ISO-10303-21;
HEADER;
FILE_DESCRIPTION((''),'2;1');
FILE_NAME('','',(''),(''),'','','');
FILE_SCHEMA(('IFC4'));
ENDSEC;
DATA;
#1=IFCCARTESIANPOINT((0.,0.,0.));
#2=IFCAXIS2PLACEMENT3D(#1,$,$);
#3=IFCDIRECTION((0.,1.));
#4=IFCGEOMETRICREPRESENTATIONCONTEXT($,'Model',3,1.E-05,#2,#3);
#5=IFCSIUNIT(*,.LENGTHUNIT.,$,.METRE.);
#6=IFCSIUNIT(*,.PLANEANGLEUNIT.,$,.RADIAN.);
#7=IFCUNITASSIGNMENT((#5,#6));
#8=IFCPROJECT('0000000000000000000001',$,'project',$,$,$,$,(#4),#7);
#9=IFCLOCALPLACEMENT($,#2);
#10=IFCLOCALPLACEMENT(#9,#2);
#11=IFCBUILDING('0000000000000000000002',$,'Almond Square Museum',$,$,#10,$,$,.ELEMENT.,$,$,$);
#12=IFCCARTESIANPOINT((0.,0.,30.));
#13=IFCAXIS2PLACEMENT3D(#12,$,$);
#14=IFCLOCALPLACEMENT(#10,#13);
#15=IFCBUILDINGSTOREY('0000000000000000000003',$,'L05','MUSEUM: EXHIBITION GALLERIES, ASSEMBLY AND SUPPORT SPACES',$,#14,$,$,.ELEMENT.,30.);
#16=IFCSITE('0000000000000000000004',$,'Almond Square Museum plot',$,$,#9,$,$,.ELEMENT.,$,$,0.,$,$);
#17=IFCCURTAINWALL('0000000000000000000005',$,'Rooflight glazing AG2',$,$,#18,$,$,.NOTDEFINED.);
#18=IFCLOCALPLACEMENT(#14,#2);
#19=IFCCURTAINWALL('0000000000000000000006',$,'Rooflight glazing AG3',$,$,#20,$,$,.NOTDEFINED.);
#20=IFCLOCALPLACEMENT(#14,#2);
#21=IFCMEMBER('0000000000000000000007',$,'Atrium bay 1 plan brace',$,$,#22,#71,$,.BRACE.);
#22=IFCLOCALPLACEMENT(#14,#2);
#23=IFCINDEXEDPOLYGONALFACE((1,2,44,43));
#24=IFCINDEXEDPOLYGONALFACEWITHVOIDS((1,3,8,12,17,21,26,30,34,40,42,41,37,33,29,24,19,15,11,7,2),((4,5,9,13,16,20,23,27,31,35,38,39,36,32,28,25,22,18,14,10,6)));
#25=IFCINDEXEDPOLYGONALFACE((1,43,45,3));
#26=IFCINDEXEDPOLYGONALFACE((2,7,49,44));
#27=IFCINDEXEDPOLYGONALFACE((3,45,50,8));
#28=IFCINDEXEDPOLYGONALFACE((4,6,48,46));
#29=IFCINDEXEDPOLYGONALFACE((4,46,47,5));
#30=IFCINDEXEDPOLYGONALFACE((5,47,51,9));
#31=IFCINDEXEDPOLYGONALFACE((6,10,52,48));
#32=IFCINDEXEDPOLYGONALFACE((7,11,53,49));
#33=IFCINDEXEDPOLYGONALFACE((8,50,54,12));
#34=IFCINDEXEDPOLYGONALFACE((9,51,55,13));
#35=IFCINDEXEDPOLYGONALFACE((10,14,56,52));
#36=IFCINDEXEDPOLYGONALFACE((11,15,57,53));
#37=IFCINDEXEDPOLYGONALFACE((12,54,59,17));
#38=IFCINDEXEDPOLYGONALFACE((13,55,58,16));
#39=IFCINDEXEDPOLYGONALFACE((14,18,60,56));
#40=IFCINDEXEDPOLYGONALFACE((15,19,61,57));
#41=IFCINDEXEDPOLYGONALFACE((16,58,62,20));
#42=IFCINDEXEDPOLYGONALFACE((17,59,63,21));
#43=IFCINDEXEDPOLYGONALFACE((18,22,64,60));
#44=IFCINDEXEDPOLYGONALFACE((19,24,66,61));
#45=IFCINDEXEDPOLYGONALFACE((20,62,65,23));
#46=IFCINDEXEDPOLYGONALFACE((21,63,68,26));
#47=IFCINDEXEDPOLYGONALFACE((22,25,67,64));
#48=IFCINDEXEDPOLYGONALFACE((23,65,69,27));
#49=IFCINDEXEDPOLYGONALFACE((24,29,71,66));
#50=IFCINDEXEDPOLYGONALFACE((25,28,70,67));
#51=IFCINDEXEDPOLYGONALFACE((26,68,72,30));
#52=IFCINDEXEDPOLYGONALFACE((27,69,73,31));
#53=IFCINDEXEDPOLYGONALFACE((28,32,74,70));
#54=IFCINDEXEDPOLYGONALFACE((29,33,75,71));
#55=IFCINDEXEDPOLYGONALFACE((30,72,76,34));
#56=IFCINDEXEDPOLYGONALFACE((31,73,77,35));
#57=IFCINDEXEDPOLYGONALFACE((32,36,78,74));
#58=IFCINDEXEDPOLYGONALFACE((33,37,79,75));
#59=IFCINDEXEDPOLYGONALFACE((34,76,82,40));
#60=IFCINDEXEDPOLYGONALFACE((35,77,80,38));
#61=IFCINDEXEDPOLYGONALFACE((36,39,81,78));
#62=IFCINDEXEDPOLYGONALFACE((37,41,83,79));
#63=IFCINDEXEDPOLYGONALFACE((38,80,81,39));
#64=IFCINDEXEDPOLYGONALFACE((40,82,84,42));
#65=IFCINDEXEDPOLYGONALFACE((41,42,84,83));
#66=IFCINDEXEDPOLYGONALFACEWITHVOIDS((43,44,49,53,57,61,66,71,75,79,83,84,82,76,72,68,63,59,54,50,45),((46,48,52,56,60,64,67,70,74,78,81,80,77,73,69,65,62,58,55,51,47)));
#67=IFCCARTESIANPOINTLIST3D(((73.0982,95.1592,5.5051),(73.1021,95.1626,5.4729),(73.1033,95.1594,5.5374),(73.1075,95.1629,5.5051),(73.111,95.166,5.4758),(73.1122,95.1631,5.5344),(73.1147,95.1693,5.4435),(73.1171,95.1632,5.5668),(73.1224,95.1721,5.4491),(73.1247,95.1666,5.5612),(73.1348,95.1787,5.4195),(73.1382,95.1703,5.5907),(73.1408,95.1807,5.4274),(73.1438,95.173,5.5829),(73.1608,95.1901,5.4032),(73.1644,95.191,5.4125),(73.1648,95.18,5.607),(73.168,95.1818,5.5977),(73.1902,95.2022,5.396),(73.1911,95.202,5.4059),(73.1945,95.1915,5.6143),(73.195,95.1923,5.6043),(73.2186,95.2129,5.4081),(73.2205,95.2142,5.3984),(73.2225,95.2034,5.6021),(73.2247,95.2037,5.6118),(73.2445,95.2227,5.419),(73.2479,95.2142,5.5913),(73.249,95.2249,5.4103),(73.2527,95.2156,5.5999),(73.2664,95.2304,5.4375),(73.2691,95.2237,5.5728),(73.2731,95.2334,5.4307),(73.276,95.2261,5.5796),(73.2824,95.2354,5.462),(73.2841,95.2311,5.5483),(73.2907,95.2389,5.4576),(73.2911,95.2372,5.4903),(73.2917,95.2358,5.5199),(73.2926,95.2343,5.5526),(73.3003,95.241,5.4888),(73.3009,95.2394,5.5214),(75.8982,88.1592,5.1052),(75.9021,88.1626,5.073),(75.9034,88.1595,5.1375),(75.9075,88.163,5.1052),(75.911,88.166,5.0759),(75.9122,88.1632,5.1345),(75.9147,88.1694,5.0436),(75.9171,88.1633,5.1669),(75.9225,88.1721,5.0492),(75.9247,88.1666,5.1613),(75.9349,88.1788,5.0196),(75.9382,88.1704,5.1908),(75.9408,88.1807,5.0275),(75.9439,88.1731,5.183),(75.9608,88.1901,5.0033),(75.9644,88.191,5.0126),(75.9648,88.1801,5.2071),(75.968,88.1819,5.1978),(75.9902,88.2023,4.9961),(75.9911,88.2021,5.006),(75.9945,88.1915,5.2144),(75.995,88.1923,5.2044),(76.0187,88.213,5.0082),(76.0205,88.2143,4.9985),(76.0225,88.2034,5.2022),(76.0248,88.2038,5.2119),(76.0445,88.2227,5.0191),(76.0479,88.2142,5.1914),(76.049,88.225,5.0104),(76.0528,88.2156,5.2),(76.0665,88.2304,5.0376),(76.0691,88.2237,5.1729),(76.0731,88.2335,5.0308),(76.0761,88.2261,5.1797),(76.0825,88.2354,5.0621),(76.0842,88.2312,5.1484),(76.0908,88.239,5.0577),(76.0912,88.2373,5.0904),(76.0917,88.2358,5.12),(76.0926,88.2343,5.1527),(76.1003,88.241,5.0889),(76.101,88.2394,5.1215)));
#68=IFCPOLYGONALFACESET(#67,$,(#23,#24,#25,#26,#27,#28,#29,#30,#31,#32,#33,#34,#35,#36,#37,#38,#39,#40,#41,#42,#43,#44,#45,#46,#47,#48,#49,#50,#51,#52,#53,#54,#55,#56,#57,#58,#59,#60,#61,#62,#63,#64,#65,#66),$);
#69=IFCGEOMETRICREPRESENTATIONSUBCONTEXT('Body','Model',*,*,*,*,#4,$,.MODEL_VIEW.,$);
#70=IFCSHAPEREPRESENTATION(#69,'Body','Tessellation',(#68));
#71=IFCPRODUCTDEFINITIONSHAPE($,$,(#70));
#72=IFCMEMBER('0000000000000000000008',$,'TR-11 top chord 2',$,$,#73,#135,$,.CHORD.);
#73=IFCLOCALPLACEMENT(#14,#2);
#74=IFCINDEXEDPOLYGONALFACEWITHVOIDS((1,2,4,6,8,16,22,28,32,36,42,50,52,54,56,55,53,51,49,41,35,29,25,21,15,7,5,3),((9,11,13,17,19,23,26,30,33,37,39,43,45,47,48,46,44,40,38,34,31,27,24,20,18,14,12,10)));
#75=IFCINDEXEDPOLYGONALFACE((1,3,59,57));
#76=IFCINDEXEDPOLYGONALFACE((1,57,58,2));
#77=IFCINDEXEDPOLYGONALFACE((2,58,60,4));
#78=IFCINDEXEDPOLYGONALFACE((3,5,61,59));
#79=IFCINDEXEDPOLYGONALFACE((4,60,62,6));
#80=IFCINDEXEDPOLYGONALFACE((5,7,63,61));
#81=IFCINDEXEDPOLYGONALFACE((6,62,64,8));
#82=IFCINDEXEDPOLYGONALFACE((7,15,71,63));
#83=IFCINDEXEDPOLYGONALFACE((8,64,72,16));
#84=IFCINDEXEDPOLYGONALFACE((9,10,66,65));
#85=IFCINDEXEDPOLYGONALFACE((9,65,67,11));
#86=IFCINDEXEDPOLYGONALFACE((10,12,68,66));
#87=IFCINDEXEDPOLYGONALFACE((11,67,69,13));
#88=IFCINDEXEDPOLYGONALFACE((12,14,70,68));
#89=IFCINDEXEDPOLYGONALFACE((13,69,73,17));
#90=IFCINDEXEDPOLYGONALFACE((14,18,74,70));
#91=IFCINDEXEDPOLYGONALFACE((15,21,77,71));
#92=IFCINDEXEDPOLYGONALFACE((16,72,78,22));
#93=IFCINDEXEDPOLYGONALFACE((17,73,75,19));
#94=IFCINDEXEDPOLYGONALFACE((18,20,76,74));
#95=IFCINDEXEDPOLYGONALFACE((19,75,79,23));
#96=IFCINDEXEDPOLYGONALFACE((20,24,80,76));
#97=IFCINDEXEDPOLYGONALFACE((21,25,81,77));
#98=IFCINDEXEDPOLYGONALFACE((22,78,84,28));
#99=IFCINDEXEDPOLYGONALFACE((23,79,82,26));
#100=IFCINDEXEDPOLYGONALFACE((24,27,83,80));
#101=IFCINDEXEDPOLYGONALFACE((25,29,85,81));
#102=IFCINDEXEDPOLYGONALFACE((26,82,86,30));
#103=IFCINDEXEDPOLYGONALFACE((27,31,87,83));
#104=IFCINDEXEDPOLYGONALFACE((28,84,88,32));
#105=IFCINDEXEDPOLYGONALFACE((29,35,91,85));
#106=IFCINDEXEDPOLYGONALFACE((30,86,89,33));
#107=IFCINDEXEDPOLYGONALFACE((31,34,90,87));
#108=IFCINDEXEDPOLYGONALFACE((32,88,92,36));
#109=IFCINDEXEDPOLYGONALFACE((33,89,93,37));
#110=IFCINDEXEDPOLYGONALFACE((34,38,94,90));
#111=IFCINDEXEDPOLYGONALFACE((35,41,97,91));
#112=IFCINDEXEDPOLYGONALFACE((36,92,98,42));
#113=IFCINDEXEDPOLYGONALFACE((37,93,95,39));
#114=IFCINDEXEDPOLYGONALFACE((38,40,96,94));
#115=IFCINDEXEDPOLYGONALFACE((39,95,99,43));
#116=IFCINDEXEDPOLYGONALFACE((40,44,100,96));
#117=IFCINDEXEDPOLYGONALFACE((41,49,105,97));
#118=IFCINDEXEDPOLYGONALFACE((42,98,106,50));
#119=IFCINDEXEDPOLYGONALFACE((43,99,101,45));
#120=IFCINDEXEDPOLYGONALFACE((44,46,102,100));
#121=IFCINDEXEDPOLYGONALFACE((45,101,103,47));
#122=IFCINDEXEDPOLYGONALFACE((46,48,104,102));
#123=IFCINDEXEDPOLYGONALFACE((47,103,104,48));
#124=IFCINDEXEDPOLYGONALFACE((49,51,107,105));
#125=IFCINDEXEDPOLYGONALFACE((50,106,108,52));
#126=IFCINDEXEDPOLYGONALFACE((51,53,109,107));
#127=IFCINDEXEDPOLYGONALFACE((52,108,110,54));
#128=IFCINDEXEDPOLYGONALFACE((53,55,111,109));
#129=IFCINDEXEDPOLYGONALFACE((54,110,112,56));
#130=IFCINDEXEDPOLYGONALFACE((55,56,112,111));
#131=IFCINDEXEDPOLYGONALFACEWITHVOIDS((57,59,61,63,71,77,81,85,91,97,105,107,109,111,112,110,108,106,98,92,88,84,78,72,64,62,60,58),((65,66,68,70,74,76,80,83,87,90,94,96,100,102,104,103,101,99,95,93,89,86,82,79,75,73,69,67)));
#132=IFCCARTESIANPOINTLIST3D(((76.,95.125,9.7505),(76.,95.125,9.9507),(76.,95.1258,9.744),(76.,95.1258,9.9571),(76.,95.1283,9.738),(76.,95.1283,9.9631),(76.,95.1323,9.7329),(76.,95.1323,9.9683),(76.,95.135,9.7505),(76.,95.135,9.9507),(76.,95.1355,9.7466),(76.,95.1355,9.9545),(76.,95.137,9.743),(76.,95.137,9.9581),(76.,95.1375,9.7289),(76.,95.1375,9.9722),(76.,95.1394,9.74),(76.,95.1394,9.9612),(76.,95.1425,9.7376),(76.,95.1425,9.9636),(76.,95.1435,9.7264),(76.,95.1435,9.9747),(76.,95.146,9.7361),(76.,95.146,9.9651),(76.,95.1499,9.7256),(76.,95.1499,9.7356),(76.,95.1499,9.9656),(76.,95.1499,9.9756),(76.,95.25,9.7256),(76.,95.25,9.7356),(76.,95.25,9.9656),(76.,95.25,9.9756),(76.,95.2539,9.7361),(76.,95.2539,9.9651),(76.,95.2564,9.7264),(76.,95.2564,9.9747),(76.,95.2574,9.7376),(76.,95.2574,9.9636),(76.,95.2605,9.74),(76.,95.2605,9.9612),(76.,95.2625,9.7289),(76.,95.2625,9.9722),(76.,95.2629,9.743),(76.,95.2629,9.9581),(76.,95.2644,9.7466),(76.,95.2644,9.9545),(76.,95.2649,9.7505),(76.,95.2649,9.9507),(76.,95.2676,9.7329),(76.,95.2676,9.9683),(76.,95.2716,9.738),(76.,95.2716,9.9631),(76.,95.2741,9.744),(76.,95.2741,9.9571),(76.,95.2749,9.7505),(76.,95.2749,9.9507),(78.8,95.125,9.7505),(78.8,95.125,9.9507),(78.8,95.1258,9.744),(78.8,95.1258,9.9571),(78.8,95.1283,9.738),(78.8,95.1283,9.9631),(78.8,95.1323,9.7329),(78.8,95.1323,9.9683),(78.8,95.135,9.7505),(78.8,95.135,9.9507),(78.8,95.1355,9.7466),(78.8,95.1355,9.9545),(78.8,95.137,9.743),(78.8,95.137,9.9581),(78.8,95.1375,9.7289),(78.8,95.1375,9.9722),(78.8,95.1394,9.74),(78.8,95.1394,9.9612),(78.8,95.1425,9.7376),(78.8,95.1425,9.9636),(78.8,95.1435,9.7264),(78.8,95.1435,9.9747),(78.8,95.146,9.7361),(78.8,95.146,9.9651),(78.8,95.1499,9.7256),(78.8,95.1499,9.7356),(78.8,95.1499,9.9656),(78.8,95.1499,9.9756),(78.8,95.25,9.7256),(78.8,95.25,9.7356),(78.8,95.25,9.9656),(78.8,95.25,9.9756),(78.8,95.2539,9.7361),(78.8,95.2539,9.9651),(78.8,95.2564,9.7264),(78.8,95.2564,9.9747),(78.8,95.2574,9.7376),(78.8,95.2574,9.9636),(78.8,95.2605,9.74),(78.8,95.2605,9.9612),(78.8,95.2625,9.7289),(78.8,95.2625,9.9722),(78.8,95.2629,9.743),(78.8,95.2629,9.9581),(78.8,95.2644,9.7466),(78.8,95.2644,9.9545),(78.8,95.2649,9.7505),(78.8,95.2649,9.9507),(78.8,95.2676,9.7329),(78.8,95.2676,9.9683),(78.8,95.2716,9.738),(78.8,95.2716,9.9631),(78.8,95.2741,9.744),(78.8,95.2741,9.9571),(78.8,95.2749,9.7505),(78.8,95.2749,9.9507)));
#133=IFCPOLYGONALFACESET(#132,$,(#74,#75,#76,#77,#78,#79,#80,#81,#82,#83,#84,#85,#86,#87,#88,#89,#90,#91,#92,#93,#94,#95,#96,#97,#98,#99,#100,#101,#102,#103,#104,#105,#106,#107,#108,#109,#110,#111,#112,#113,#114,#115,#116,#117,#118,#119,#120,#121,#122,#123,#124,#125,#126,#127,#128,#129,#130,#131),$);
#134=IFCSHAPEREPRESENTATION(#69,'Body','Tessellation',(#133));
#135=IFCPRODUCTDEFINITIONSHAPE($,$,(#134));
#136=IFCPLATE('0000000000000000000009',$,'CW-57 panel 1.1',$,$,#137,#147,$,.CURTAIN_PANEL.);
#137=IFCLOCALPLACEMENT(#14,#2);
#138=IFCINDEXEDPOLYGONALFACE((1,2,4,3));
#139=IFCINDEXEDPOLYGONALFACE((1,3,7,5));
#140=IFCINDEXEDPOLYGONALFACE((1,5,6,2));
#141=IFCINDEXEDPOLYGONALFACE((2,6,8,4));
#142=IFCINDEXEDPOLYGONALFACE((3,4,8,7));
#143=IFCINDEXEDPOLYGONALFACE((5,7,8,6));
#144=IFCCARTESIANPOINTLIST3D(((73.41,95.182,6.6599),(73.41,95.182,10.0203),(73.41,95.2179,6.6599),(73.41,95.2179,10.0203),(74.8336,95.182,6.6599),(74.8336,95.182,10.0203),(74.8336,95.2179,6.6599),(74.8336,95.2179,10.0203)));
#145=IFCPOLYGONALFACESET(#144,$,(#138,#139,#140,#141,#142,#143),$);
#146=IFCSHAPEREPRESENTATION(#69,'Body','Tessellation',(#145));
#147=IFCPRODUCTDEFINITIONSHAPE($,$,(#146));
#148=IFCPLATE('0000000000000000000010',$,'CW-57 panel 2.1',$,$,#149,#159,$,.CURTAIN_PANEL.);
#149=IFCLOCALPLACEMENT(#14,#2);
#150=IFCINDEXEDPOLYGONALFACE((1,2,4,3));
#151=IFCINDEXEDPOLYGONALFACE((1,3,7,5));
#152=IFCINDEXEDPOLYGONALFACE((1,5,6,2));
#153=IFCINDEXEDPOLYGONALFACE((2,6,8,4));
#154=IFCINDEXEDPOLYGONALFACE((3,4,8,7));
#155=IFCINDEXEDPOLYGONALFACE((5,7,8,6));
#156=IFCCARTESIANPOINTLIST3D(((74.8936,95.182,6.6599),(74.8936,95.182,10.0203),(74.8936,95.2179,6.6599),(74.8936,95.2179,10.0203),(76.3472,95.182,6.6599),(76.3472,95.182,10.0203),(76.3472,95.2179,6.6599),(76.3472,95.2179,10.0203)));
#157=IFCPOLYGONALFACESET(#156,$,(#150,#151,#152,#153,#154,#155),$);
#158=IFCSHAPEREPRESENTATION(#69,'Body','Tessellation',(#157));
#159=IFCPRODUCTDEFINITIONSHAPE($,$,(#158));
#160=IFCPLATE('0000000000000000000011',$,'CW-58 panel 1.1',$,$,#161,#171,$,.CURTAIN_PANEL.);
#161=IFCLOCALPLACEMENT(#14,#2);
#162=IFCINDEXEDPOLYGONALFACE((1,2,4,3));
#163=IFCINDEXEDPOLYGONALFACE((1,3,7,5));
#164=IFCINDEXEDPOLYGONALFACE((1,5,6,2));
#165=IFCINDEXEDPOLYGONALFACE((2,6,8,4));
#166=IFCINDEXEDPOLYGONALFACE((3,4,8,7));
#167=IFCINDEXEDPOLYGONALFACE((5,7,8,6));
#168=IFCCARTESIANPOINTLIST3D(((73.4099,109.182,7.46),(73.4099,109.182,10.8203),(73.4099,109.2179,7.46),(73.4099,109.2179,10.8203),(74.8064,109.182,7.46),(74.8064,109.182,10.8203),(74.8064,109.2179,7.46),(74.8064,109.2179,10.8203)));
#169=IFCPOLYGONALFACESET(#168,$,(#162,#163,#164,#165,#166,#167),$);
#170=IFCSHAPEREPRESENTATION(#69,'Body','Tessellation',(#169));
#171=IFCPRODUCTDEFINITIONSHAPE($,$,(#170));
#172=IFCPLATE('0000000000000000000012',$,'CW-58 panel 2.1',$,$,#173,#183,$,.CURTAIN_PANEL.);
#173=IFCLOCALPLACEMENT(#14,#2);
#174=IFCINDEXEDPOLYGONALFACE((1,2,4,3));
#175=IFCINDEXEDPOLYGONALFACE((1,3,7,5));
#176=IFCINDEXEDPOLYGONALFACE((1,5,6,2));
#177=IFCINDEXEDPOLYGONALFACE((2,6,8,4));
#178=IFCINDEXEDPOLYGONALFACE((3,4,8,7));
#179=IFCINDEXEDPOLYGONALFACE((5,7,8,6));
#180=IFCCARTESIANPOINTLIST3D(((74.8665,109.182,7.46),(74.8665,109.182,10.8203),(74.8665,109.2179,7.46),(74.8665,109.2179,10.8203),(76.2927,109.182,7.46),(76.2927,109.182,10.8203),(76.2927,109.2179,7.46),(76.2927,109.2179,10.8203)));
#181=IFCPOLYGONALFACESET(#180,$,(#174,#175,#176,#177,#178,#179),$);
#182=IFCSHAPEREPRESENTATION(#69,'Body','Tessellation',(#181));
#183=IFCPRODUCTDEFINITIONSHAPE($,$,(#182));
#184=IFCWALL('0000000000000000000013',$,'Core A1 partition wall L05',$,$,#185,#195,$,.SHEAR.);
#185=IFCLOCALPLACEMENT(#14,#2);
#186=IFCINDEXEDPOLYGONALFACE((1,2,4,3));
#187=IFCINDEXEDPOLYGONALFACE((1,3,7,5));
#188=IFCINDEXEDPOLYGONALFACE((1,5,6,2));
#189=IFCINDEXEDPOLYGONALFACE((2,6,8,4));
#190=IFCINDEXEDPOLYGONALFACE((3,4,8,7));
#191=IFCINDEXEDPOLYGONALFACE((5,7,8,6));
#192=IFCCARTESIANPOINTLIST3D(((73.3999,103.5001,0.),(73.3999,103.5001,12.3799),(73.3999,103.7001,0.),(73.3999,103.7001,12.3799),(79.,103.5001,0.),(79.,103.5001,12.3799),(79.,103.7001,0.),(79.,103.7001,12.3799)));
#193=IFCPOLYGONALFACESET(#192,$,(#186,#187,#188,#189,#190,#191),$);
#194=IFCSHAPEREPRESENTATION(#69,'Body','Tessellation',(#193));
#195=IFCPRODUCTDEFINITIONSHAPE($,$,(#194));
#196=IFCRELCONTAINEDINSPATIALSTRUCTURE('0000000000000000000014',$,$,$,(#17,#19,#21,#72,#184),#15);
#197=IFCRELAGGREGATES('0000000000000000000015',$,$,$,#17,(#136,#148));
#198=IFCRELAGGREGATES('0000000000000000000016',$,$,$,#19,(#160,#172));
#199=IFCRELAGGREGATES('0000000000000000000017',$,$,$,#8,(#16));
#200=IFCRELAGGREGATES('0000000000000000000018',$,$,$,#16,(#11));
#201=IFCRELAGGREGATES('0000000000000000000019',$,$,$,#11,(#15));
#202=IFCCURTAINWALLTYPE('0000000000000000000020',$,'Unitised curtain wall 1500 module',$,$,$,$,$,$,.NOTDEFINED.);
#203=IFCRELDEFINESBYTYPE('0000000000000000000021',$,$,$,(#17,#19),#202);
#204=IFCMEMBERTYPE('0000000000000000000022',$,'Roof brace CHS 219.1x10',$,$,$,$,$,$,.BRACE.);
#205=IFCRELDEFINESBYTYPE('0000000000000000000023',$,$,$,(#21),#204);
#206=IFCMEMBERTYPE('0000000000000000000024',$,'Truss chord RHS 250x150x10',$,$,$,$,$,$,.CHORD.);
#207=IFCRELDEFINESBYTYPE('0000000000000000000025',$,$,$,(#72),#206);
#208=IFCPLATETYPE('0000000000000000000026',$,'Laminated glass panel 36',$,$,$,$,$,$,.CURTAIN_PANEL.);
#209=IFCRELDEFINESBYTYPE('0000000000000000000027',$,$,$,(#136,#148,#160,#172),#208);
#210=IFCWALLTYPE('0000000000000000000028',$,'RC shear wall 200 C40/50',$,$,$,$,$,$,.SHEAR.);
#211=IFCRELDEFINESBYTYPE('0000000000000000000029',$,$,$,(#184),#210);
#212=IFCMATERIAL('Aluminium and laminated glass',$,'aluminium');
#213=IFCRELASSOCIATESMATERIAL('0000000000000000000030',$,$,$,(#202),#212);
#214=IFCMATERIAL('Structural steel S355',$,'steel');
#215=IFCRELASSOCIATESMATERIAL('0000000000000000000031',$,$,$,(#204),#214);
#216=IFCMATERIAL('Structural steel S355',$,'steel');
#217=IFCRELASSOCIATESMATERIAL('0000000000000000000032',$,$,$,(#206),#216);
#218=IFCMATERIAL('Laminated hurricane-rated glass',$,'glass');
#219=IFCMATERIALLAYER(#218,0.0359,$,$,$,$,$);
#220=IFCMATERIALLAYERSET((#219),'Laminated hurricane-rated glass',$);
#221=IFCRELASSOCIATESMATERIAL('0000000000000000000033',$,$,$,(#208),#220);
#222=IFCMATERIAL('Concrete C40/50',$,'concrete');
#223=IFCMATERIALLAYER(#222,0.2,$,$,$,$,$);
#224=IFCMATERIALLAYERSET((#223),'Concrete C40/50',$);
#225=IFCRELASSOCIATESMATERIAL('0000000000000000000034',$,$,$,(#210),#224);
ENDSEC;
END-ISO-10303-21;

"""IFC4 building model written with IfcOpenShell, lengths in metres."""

from ifc_helpers import new_model, si_unit, direction, frame, frame_2d, origin, origin_2d, place, context, subcontext, project, spatial, rectangle, hollow_rectangle, hollow_circle, extrude, material, layer, layer_set, material_profile, profile_set, type_object, element, aggregate, save


model = new_model("IFC4")

# Units and contexts
model_context = context("Model", 3, precision=1e-05, world=origin(), true_north=direction((0.0, 1.0)))
body_context = subcontext(model_context, "Body", "Model", "MODEL_VIEW")
ifc_project = project(units=[si_unit("LENGTHUNIT", "METRE"), si_unit("PLANEANGLEUNIT", "RADIAN")], contexts=[model_context])

# Site, building, storey
site_placement = place(None, origin())
site = spatial("IfcSite", under=ifc_project, at=site_placement, Name="Almond Square Museum plot", CompositionType="ELEMENT", RefElevation=0.0)
building_placement = place(site_placement, origin())
building = spatial("IfcBuilding", under=site, at=building_placement, Name="Almond Square Museum", CompositionType="ELEMENT")
storey_placement = place(building_placement, frame((0.0, 0.0, 30.0)))
storey = spatial("IfcBuildingStorey", under=building, at=storey_placement, Name="L05", Description="MUSEUM: EXHIBITION GALLERIES, ASSEMBLY AND SUPPORT SPACES", CompositionType="ELEMENT", Elevation=30.0)

# Curtain wall
ifc_material_1 = material(Name="Aluminium and laminated glass", Category="aluminium")
curtain_wall_type = type_object("IfcCurtainWallType", Name="Unitised curtain wall 1500 module", PredefinedType="NOTDEFINED", material=ifc_material_1)
curtain_wall_1_placement = place(storey_placement, origin())
curtain_wall_1 = element("IfcCurtainWall", 1, at=curtain_wall_1_placement, inside=storey, type_object=curtain_wall_type, Name="Rooflight glazing AG2", PredefinedType="NOTDEFINED")

# Curtain wall
curtain_wall_2_placement = place(storey_placement, origin())
curtain_wall_2 = element("IfcCurtainWall", 2, at=curtain_wall_2_placement, inside=storey, type_object=curtain_wall_type, Name="Rooflight glazing AG3", PredefinedType="NOTDEFINED")

# Members
ifc_material_2 = material(Name="Structural steel S355", Category="steel")
ifc_material_profile_1 = material_profile(ifc_material_2, hollow_circle(Radius=0.1096, WallThickness=0.01, at=origin_2d()))
ifc_profile_set_1 = profile_set([ifc_material_profile_1], Name="Structural steel S355")
member_type_1 = type_object("IfcMemberType", Name="Roof brace CHS 219.1x10", PredefinedType="BRACE", material=ifc_profile_set_1)
member_1_placement = place(storey_placement, frame((76.0, 88.2, 5.1052), z_axis=(-0.370875, 0.927171, 0.052968), x_axis=(-0.928474, -0.371396, 0.0)))
element("IfcMember", 3, at=member_1_placement, inside=storey, type_object=member_type_1, Name="Atrium bay 1 plan brace", PredefinedType="BRACE", context=body_context, shape_type="SweptSolid", body=[
    extrude(hollow_circle(Radius=0.1096, WallThickness=0.01, at=origin_2d()), origin(), (0.0, 0.0, 1.0), 7.5498),
])
ifc_material_3 = material(Name="Structural steel S355", Category="steel")
ifc_material_profile_2 = material_profile(ifc_material_3, hollow_rectangle(XDim=0.1499, YDim=0.25, WallThickness=0.01, InnerFilletRadius=0.0149, OuterFilletRadius=0.0249, at=origin_2d()))
ifc_profile_set_2 = profile_set([ifc_material_profile_2], Name="Structural steel S355")
member_type_2 = type_object("IfcMemberType", Name="Truss chord RHS 250x150x10", PredefinedType="CHORD", material=ifc_profile_set_2)
member_2_placement = place(storey_placement, frame((76.0, 95.2, 9.8506), z_axis=(1.0, 0.0, 0.0), x_axis=(0.0, 1.0, 0.0)))
element("IfcMember", 4, at=member_2_placement, inside=storey, type_object=member_type_2, Name="TR-11 top chord 2", PredefinedType="CHORD", context=body_context, shape_type="SweptSolid", body=[
    extrude(hollow_rectangle(XDim=0.1499, YDim=0.25, WallThickness=0.01, InnerFilletRadius=0.0149, OuterFilletRadius=0.0249, at=origin_2d()), origin(), (0.0, 0.0, 1.0), 2.8),
])

# Plates
ifc_material_4 = material(Name="Laminated hurricane-rated glass", Category="glass")
ifc_layer_1 = layer(ifc_material_4, 0.0359)
ifc_layer_set_1 = layer_set([ifc_layer_1], Name="Laminated hurricane-rated glass")
plate_type = type_object("IfcPlateType", Name="Laminated glass panel 36", PredefinedType="CURTAIN_PANEL", material=ifc_layer_set_1)
plate_1_placement = place(storey_placement, frame((74.1218, 95.2, 6.6599), z_axis=(0.0, 0.0, 1.0), x_axis=(1.0, 0.0, 0.0)))
plate_1 = element("IfcPlate", 5, at=plate_1_placement, type_object=plate_type, Name="CW-57 panel 1.1", PredefinedType="CURTAIN_PANEL", context=body_context, shape_type="SweptSolid", body=[
    extrude(rectangle(XDim=1.4236, YDim=0.0359, at=origin_2d()), origin(), (0.0, 0.0, 1.0), 3.3604),
])
plate_2_placement = place(storey_placement, frame((75.6204, 95.2, 6.6599), z_axis=(0.0, 0.0, 1.0), x_axis=(1.0, 0.0, 0.0)))
plate_2 = element("IfcPlate", 6, at=plate_2_placement, type_object=plate_type, Name="CW-57 panel 2.1", PredefinedType="CURTAIN_PANEL", context=body_context, shape_type="SweptSolid", body=[
    extrude(rectangle(XDim=1.4536, YDim=0.0359, at=origin_2d()), origin(), (0.0, 0.0, 1.0), 3.3604),
])
aggregate(curtain_wall_1, [plate_1, plate_2])
plate_3_placement = place(storey_placement, frame((74.1082, 109.2, 7.46), z_axis=(0.0, 0.0, 1.0), x_axis=(1.0, 0.0, 0.0)))
plate_3 = element("IfcPlate", 7, at=plate_3_placement, type_object=plate_type, Name="CW-58 panel 1.1", PredefinedType="CURTAIN_PANEL", context=body_context, shape_type="SweptSolid", body=[
    extrude(rectangle(XDim=1.3965, YDim=0.0359, at=origin_2d()), origin(), (0.0, 0.0, 1.0), 3.3604),
])
plate_4_placement = place(storey_placement, frame((75.5796, 109.2, 7.46), z_axis=(0.0, 0.0, 1.0), x_axis=(1.0, 0.0, 0.0)))
plate_4 = element("IfcPlate", 8, at=plate_4_placement, type_object=plate_type, Name="CW-58 panel 2.1", PredefinedType="CURTAIN_PANEL", context=body_context, shape_type="SweptSolid", body=[
    extrude(rectangle(XDim=1.4263, YDim=0.0359, at=origin_2d()), origin(), (0.0, 0.0, 1.0), 3.3604),
])
aggregate(curtain_wall_2, [plate_3, plate_4])

# Wall
ifc_material_5 = material(Name="Concrete C40/50", Category="concrete")
ifc_layer_2 = layer(ifc_material_5, 0.2)
ifc_layer_set_2 = layer_set([ifc_layer_2], Name="Concrete C40/50")
wall_type = type_object("IfcWallType", Name="RC shear wall 200 C40/50", PredefinedType="SHEAR", material=ifc_layer_set_2)
for number, where, z_axis, x_axis, name in (
    (9, (73.3999, 103.6001, 0.0), (0.0, 0.0, 1.0), (1.0, 0.0, 0.0), "Core A1 partition wall L05"),
):
    element("IfcWall", number, at=place(storey_placement, frame(where, z_axis=z_axis, x_axis=x_axis)), inside=storey, type_object=wall_type, Name=name, PredefinedType="SHEAR", context=body_context, shape_type="SweptSolid", body=[
        extrude(rectangle(XDim=5.6001, YDim=0.2, at=frame_2d((2.8, 0.0))), origin(), (0.0, 0.0, 1.0), 12.3799),
    ])

save(model, "model.ifc")
